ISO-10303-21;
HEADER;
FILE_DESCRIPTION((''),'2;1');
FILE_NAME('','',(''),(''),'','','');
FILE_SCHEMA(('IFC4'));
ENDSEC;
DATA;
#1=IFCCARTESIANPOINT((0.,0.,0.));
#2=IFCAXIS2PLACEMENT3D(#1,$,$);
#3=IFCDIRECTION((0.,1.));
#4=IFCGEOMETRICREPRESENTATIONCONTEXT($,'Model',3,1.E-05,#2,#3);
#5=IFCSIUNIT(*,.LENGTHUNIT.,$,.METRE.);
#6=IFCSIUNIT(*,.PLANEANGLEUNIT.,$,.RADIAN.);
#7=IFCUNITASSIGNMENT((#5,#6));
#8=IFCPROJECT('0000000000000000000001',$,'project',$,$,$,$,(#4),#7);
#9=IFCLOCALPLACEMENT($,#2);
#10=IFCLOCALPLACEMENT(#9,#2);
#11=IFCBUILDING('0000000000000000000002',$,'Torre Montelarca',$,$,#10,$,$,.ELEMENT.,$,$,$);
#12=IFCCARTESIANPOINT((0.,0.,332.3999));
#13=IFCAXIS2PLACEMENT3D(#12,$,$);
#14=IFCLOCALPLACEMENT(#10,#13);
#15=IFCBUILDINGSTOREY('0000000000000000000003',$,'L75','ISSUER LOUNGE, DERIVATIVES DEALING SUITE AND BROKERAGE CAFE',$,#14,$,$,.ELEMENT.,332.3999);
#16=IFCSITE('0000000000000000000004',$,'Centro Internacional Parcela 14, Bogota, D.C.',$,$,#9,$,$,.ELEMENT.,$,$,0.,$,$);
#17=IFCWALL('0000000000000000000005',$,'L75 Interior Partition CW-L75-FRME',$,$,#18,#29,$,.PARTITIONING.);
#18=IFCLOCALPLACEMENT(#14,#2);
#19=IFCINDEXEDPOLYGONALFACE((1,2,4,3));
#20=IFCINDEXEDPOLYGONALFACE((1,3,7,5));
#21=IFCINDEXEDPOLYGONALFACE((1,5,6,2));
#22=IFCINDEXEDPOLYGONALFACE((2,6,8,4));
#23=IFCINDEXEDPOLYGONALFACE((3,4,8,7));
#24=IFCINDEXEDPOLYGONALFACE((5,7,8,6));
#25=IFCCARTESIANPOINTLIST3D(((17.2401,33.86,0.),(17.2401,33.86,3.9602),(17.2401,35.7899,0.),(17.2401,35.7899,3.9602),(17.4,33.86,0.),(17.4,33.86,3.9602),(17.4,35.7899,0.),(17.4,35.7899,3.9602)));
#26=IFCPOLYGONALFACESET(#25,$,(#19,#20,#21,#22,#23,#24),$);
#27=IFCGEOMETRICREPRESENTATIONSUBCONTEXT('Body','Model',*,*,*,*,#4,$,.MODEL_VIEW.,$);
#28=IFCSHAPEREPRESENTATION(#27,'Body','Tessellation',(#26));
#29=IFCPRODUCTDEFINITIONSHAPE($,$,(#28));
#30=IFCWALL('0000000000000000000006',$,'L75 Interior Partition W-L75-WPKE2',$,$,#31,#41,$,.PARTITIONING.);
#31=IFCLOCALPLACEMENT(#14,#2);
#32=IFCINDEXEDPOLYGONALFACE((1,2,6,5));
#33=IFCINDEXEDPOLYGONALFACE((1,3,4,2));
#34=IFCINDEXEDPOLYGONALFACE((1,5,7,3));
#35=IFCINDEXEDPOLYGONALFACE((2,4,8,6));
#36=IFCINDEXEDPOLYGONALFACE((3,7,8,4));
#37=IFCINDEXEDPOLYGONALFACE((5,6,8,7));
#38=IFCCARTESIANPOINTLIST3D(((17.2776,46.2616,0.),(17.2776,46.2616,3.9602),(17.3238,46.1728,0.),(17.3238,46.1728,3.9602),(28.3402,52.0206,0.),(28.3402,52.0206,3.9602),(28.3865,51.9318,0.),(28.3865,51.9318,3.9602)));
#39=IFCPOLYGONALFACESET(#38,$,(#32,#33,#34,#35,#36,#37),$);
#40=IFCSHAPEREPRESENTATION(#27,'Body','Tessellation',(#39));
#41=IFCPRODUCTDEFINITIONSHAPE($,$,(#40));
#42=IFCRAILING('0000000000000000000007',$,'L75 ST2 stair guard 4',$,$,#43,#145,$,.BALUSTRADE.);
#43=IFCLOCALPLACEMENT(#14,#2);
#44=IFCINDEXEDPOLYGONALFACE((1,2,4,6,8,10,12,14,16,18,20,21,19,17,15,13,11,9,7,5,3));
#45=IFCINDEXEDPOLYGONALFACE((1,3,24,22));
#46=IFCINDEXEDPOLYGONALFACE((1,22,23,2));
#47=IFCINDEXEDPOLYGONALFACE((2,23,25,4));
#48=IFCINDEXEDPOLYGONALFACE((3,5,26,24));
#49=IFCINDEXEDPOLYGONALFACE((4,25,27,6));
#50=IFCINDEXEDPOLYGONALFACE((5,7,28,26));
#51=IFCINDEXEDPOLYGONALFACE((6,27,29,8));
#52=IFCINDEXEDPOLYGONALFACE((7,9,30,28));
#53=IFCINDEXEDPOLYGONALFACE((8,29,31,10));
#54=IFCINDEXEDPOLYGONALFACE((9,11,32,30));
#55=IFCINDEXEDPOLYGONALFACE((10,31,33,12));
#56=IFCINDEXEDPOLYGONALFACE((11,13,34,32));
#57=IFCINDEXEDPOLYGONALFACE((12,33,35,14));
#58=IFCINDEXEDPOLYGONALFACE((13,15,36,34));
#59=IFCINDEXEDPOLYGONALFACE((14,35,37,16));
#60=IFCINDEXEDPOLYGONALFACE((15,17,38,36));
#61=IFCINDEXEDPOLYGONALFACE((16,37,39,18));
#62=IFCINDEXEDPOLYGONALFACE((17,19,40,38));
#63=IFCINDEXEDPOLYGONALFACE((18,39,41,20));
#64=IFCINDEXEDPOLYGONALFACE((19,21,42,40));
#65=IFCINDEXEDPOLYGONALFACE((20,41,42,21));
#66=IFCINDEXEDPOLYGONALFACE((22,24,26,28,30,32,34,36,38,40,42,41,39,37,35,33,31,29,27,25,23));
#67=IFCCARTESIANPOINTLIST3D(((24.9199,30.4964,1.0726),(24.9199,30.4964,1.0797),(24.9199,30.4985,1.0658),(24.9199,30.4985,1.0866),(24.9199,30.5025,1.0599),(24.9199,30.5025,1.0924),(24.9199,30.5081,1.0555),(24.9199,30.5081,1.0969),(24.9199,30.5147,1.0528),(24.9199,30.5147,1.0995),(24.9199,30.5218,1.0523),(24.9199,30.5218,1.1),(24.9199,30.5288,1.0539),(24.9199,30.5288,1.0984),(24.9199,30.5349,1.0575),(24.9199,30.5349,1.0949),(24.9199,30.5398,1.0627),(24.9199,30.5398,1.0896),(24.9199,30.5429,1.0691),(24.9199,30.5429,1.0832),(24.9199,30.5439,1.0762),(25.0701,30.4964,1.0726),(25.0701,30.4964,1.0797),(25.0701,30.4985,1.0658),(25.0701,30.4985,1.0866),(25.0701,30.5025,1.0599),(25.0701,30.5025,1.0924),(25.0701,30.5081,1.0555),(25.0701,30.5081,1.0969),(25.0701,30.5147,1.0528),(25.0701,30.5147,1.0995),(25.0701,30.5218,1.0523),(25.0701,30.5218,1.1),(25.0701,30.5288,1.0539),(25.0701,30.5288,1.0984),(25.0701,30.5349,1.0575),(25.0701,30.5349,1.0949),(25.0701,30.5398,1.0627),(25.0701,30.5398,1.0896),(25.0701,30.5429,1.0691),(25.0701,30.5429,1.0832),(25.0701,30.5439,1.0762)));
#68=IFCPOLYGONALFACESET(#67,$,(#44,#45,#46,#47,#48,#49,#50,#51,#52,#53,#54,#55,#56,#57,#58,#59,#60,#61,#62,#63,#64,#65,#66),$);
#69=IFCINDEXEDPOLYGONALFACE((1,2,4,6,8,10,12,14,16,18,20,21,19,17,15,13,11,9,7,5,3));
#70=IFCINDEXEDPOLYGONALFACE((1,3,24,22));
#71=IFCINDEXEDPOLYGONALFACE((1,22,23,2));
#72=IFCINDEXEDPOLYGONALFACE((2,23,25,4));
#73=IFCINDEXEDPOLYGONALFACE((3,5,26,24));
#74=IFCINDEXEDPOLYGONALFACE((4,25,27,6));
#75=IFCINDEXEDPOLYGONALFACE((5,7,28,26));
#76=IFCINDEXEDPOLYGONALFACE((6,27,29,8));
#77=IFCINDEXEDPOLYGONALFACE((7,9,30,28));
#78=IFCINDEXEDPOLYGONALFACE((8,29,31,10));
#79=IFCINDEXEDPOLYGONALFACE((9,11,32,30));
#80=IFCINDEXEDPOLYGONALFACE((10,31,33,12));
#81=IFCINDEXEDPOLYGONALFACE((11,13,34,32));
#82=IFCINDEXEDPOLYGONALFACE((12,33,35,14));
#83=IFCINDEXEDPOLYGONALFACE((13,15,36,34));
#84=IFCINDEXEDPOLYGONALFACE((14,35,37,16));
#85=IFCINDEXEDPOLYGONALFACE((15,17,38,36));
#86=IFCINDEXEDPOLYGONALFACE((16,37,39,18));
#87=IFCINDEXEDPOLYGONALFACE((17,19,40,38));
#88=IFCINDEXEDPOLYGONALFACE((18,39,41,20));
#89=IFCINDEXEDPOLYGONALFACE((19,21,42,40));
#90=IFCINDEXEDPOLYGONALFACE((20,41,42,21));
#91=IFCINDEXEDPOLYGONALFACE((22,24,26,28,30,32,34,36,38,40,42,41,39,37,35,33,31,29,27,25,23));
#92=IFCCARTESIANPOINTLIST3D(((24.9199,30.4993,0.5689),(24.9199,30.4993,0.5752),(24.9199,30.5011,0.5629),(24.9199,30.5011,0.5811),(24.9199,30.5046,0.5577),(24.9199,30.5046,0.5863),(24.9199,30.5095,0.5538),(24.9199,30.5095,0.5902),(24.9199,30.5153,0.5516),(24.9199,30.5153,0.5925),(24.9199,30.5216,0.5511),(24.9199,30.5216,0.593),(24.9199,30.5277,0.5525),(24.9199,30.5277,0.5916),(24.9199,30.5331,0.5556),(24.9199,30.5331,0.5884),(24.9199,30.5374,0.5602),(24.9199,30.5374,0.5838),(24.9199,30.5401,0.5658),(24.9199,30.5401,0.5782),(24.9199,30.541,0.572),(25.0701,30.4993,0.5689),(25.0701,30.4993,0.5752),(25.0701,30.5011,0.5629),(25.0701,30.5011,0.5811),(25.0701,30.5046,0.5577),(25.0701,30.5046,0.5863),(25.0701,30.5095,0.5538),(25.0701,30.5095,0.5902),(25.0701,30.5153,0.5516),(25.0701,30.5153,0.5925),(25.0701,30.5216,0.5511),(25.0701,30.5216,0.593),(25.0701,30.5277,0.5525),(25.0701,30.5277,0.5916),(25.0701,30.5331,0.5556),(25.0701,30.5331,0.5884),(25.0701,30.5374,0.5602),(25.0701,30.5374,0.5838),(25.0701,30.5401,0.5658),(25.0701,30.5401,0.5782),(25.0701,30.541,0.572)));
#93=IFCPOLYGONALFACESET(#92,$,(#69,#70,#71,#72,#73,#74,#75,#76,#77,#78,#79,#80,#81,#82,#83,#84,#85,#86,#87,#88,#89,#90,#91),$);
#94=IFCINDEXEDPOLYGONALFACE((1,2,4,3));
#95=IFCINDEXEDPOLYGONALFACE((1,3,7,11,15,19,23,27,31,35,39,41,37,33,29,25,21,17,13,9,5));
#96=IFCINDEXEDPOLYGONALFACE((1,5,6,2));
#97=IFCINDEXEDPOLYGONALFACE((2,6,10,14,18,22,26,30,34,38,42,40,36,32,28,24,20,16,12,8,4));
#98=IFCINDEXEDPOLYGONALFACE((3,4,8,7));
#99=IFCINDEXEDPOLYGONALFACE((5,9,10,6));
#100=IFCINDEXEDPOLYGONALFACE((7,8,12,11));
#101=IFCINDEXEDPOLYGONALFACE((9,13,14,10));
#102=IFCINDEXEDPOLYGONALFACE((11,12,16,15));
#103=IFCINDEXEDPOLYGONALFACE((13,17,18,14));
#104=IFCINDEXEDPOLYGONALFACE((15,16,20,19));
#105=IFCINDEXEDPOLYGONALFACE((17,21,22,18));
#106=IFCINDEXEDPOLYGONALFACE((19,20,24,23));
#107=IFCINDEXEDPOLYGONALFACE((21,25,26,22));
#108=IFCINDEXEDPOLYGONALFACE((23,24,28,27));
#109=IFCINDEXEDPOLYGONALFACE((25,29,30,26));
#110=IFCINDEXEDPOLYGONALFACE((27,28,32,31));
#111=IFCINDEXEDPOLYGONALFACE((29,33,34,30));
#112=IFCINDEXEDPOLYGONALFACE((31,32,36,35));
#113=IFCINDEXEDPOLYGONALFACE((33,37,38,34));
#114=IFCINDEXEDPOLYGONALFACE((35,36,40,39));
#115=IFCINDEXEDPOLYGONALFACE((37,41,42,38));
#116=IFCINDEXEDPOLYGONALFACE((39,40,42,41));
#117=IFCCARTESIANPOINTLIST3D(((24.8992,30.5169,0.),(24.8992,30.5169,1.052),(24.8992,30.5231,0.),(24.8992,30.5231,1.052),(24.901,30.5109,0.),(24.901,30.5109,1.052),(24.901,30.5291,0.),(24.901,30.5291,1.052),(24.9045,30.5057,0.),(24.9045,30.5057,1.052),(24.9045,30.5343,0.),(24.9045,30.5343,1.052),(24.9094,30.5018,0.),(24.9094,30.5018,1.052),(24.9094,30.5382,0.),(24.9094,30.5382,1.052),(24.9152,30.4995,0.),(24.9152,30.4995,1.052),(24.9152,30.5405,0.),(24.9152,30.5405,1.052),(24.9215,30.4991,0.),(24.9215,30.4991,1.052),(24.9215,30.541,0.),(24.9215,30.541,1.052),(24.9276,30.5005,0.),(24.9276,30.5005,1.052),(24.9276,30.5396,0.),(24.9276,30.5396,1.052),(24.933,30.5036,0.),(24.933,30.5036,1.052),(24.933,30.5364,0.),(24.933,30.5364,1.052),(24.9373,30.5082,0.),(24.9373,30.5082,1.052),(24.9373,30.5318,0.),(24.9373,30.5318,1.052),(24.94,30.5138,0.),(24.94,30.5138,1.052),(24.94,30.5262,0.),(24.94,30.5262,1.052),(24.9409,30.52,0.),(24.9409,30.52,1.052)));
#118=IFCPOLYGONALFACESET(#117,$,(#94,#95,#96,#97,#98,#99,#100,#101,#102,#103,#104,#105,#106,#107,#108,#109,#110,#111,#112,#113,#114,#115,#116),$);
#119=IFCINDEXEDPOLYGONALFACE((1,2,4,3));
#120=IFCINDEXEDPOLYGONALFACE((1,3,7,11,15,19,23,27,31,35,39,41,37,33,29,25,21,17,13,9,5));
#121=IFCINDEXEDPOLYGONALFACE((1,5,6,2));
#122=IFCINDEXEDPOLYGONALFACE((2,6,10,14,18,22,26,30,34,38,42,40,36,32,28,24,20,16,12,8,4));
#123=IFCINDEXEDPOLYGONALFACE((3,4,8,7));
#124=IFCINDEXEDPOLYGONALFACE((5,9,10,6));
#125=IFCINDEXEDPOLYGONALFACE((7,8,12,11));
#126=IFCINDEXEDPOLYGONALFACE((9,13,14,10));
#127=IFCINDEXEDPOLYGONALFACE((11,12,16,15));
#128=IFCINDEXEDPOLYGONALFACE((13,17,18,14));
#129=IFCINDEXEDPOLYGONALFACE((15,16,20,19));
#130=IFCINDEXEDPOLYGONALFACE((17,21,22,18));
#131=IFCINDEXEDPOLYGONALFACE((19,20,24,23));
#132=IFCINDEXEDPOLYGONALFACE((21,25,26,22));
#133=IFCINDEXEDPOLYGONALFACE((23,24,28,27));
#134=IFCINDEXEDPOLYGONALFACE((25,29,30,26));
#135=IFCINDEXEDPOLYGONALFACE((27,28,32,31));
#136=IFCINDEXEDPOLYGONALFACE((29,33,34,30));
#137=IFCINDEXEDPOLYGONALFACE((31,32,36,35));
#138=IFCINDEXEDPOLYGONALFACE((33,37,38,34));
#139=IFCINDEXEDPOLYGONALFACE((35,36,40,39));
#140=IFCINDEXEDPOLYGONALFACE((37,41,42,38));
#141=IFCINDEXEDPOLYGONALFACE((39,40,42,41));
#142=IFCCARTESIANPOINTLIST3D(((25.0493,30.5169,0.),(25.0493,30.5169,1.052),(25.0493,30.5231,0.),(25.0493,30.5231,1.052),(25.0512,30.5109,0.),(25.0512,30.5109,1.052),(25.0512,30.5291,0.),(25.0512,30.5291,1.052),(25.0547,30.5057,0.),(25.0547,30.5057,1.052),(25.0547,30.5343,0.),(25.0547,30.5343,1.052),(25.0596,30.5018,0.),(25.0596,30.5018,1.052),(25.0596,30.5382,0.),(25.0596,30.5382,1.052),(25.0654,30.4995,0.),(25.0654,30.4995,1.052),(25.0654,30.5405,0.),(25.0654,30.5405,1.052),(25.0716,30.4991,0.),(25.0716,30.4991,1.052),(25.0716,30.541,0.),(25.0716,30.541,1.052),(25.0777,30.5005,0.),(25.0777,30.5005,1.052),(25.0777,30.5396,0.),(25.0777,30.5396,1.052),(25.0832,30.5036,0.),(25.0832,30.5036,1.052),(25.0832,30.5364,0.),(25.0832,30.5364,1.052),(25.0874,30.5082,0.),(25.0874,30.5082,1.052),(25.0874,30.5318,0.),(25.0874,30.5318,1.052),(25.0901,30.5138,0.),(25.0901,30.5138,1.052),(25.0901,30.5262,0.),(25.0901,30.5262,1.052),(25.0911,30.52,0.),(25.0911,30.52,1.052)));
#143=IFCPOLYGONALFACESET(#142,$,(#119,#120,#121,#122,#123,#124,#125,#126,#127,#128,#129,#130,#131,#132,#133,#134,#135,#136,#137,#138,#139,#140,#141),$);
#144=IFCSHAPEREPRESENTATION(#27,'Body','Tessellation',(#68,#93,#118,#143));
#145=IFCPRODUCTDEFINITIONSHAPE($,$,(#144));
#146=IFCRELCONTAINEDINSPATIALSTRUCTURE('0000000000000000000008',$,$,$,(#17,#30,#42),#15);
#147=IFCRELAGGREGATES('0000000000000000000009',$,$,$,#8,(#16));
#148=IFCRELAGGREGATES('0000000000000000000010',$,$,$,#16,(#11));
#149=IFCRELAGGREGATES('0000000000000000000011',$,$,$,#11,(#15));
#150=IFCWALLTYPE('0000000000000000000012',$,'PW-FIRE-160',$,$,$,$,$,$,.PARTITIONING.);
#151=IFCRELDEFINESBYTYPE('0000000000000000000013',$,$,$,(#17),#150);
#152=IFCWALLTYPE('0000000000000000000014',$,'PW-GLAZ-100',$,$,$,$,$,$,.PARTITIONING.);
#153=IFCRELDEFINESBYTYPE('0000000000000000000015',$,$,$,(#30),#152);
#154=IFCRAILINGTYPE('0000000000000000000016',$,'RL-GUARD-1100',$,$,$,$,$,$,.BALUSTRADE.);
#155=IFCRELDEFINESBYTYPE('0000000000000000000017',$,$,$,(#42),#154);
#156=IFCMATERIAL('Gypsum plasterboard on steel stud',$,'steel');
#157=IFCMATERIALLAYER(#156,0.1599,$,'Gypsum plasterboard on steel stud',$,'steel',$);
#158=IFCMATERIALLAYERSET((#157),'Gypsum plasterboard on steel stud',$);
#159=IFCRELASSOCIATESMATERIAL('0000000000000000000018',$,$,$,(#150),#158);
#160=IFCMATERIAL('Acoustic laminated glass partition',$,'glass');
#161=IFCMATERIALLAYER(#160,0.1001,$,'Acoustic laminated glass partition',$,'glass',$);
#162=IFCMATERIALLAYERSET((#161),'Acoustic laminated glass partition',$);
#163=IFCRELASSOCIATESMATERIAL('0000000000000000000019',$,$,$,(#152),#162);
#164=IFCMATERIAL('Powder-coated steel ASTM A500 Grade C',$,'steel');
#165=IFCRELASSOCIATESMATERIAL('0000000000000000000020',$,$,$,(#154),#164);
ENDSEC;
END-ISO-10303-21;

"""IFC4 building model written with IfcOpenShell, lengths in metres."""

from ifc_helpers import new_model, si_unit, direction, frame, frame_2d, origin, origin_2d, place, context, subcontext, project, spatial, rectangle, circle, extrude, material, layer, layer_set, type_object, element, save


model = new_model("IFC4")

# Units and contexts
model_context = context("Model", 3, precision=1e-05, world=origin(), true_north=direction((0.0, 1.0)))
body_context = subcontext(model_context, "Body", "Model", "MODEL_VIEW")
ifc_project = project(units=[si_unit("LENGTHUNIT", "METRE"), si_unit("PLANEANGLEUNIT", "RADIAN")], contexts=[model_context])

# Site, building, storey
site_placement = place(None, origin())
site = spatial("IfcSite", under=ifc_project, at=site_placement, Name="Centro Internacional Parcela 14, Bogota, D.C.", CompositionType="ELEMENT", RefElevation=0.0)
building_placement = place(site_placement, origin())
building = spatial("IfcBuilding", under=site, at=building_placement, Name="Torre Montelarca", CompositionType="ELEMENT")
storey_placement = place(building_placement, frame((0.0, 0.0, 332.3999)))
storey = spatial("IfcBuildingStorey", under=building, at=storey_placement, Name="L75", Description="ISSUER LOUNGE, DERIVATIVES DEALING SUITE AND BROKERAGE CAFE", CompositionType="ELEMENT", Elevation=332.3999)

# Walls
ifc_material_1 = material(Name="Gypsum plasterboard on steel stud", Category="steel")
ifc_layer_1 = layer(ifc_material_1, 0.1599, Name="Gypsum plasterboard on steel stud", Category="steel")
ifc_layer_set_1 = layer_set([ifc_layer_1], Name="Gypsum plasterboard on steel stud")
wall_type_1 = type_object("IfcWallType", Name="PW-FIRE-160", PredefinedType="PARTITIONING", material=ifc_layer_set_1)
wall_1_placement = place(storey_placement, frame((17.3201, 33.8601, 0.0), z_axis=(0.0, 0.0, 1.0), x_axis=(0.0, 1.0, 0.0)))
element("IfcWall", 1, at=wall_1_placement, inside=storey, type_object=wall_type_1, Name="L75 Interior Partition CW-L75-FRME", PredefinedType="PARTITIONING", context=body_context, shape_type="SweptSolid", body=[
    extrude(rectangle(XDim=1.9299, YDim=0.1599, at=frame_2d((0.9648, 0.0))), origin(), (0.0, 0.0, 1.0), 3.9602),
])
ifc_material_2 = material(Name="Acoustic laminated glass partition", Category="glass")
ifc_layer_2 = layer(ifc_material_2, 0.1001, Name="Acoustic laminated glass partition", Category="glass")
ifc_layer_set_2 = layer_set([ifc_layer_2], Name="Acoustic laminated glass partition")
wall_type_2 = type_object("IfcWallType", Name="PW-GLAZ-100", PredefinedType="PARTITIONING", material=ifc_layer_set_2)
wall_2_placement = place(storey_placement, frame((17.3008, 46.2173, 0.0), z_axis=(0.0, 0.0, 1.0), x_axis=(0.887006, 0.461757, 0.0)))
element("IfcWall", 2, at=wall_2_placement, inside=storey, type_object=wall_type_2, Name="L75 Interior Partition W-L75-WPKE2", PredefinedType="PARTITIONING", context=body_context, shape_type="SweptSolid", body=[
    extrude(rectangle(XDim=12.4719, YDim=0.1001, at=frame_2d((6.2358, 0.0))), origin(), (0.0, 0.0, 1.0), 3.9602),
])

# Railing
ifc_material_3 = material(Name="Powder-coated steel ASTM A500 Grade C", Category="steel")
railing_type = type_object("IfcRailingType", Name="RL-GUARD-1100", PredefinedType="BALUSTRADE", material=ifc_material_3)
railing_placement = place(storey_placement, frame((24.9199, 30.52, 0.0)))
element("IfcRailing", 3, at=railing_placement, inside=storey, type_object=railing_type, Name="L75 ST2 stair guard 4", PredefinedType="BALUSTRADE", context=body_context, shape_type="SweptSolid", body=[
    extrude(circle(Radius=0.0239, at=origin_2d()), frame((0.0, 0.0, 1.0762), z_axis=(1.0, 0.0, 0.0), x_axis=(0.0, 1.0, 0.0)), (0.0, 0.0, 1.0), 0.1501),
    extrude(circle(Radius=0.021, at=origin_2d()), frame((0.0, 0.0, 0.572), z_axis=(1.0, 0.0, 0.0), x_axis=(0.0, 1.0, 0.0)), (0.0, 0.0, 1.0), 0.1501),
    extrude(circle(Radius=0.021, at=origin_2d()), origin(), (0.0, 0.0, 1.0), 1.052),
    extrude(circle(Radius=0.021, at=origin_2d()), frame((0.1501, 0.0, 0.0)), (0.0, 0.0, 1.0), 1.052),
])

save(model, "model.ifc")
